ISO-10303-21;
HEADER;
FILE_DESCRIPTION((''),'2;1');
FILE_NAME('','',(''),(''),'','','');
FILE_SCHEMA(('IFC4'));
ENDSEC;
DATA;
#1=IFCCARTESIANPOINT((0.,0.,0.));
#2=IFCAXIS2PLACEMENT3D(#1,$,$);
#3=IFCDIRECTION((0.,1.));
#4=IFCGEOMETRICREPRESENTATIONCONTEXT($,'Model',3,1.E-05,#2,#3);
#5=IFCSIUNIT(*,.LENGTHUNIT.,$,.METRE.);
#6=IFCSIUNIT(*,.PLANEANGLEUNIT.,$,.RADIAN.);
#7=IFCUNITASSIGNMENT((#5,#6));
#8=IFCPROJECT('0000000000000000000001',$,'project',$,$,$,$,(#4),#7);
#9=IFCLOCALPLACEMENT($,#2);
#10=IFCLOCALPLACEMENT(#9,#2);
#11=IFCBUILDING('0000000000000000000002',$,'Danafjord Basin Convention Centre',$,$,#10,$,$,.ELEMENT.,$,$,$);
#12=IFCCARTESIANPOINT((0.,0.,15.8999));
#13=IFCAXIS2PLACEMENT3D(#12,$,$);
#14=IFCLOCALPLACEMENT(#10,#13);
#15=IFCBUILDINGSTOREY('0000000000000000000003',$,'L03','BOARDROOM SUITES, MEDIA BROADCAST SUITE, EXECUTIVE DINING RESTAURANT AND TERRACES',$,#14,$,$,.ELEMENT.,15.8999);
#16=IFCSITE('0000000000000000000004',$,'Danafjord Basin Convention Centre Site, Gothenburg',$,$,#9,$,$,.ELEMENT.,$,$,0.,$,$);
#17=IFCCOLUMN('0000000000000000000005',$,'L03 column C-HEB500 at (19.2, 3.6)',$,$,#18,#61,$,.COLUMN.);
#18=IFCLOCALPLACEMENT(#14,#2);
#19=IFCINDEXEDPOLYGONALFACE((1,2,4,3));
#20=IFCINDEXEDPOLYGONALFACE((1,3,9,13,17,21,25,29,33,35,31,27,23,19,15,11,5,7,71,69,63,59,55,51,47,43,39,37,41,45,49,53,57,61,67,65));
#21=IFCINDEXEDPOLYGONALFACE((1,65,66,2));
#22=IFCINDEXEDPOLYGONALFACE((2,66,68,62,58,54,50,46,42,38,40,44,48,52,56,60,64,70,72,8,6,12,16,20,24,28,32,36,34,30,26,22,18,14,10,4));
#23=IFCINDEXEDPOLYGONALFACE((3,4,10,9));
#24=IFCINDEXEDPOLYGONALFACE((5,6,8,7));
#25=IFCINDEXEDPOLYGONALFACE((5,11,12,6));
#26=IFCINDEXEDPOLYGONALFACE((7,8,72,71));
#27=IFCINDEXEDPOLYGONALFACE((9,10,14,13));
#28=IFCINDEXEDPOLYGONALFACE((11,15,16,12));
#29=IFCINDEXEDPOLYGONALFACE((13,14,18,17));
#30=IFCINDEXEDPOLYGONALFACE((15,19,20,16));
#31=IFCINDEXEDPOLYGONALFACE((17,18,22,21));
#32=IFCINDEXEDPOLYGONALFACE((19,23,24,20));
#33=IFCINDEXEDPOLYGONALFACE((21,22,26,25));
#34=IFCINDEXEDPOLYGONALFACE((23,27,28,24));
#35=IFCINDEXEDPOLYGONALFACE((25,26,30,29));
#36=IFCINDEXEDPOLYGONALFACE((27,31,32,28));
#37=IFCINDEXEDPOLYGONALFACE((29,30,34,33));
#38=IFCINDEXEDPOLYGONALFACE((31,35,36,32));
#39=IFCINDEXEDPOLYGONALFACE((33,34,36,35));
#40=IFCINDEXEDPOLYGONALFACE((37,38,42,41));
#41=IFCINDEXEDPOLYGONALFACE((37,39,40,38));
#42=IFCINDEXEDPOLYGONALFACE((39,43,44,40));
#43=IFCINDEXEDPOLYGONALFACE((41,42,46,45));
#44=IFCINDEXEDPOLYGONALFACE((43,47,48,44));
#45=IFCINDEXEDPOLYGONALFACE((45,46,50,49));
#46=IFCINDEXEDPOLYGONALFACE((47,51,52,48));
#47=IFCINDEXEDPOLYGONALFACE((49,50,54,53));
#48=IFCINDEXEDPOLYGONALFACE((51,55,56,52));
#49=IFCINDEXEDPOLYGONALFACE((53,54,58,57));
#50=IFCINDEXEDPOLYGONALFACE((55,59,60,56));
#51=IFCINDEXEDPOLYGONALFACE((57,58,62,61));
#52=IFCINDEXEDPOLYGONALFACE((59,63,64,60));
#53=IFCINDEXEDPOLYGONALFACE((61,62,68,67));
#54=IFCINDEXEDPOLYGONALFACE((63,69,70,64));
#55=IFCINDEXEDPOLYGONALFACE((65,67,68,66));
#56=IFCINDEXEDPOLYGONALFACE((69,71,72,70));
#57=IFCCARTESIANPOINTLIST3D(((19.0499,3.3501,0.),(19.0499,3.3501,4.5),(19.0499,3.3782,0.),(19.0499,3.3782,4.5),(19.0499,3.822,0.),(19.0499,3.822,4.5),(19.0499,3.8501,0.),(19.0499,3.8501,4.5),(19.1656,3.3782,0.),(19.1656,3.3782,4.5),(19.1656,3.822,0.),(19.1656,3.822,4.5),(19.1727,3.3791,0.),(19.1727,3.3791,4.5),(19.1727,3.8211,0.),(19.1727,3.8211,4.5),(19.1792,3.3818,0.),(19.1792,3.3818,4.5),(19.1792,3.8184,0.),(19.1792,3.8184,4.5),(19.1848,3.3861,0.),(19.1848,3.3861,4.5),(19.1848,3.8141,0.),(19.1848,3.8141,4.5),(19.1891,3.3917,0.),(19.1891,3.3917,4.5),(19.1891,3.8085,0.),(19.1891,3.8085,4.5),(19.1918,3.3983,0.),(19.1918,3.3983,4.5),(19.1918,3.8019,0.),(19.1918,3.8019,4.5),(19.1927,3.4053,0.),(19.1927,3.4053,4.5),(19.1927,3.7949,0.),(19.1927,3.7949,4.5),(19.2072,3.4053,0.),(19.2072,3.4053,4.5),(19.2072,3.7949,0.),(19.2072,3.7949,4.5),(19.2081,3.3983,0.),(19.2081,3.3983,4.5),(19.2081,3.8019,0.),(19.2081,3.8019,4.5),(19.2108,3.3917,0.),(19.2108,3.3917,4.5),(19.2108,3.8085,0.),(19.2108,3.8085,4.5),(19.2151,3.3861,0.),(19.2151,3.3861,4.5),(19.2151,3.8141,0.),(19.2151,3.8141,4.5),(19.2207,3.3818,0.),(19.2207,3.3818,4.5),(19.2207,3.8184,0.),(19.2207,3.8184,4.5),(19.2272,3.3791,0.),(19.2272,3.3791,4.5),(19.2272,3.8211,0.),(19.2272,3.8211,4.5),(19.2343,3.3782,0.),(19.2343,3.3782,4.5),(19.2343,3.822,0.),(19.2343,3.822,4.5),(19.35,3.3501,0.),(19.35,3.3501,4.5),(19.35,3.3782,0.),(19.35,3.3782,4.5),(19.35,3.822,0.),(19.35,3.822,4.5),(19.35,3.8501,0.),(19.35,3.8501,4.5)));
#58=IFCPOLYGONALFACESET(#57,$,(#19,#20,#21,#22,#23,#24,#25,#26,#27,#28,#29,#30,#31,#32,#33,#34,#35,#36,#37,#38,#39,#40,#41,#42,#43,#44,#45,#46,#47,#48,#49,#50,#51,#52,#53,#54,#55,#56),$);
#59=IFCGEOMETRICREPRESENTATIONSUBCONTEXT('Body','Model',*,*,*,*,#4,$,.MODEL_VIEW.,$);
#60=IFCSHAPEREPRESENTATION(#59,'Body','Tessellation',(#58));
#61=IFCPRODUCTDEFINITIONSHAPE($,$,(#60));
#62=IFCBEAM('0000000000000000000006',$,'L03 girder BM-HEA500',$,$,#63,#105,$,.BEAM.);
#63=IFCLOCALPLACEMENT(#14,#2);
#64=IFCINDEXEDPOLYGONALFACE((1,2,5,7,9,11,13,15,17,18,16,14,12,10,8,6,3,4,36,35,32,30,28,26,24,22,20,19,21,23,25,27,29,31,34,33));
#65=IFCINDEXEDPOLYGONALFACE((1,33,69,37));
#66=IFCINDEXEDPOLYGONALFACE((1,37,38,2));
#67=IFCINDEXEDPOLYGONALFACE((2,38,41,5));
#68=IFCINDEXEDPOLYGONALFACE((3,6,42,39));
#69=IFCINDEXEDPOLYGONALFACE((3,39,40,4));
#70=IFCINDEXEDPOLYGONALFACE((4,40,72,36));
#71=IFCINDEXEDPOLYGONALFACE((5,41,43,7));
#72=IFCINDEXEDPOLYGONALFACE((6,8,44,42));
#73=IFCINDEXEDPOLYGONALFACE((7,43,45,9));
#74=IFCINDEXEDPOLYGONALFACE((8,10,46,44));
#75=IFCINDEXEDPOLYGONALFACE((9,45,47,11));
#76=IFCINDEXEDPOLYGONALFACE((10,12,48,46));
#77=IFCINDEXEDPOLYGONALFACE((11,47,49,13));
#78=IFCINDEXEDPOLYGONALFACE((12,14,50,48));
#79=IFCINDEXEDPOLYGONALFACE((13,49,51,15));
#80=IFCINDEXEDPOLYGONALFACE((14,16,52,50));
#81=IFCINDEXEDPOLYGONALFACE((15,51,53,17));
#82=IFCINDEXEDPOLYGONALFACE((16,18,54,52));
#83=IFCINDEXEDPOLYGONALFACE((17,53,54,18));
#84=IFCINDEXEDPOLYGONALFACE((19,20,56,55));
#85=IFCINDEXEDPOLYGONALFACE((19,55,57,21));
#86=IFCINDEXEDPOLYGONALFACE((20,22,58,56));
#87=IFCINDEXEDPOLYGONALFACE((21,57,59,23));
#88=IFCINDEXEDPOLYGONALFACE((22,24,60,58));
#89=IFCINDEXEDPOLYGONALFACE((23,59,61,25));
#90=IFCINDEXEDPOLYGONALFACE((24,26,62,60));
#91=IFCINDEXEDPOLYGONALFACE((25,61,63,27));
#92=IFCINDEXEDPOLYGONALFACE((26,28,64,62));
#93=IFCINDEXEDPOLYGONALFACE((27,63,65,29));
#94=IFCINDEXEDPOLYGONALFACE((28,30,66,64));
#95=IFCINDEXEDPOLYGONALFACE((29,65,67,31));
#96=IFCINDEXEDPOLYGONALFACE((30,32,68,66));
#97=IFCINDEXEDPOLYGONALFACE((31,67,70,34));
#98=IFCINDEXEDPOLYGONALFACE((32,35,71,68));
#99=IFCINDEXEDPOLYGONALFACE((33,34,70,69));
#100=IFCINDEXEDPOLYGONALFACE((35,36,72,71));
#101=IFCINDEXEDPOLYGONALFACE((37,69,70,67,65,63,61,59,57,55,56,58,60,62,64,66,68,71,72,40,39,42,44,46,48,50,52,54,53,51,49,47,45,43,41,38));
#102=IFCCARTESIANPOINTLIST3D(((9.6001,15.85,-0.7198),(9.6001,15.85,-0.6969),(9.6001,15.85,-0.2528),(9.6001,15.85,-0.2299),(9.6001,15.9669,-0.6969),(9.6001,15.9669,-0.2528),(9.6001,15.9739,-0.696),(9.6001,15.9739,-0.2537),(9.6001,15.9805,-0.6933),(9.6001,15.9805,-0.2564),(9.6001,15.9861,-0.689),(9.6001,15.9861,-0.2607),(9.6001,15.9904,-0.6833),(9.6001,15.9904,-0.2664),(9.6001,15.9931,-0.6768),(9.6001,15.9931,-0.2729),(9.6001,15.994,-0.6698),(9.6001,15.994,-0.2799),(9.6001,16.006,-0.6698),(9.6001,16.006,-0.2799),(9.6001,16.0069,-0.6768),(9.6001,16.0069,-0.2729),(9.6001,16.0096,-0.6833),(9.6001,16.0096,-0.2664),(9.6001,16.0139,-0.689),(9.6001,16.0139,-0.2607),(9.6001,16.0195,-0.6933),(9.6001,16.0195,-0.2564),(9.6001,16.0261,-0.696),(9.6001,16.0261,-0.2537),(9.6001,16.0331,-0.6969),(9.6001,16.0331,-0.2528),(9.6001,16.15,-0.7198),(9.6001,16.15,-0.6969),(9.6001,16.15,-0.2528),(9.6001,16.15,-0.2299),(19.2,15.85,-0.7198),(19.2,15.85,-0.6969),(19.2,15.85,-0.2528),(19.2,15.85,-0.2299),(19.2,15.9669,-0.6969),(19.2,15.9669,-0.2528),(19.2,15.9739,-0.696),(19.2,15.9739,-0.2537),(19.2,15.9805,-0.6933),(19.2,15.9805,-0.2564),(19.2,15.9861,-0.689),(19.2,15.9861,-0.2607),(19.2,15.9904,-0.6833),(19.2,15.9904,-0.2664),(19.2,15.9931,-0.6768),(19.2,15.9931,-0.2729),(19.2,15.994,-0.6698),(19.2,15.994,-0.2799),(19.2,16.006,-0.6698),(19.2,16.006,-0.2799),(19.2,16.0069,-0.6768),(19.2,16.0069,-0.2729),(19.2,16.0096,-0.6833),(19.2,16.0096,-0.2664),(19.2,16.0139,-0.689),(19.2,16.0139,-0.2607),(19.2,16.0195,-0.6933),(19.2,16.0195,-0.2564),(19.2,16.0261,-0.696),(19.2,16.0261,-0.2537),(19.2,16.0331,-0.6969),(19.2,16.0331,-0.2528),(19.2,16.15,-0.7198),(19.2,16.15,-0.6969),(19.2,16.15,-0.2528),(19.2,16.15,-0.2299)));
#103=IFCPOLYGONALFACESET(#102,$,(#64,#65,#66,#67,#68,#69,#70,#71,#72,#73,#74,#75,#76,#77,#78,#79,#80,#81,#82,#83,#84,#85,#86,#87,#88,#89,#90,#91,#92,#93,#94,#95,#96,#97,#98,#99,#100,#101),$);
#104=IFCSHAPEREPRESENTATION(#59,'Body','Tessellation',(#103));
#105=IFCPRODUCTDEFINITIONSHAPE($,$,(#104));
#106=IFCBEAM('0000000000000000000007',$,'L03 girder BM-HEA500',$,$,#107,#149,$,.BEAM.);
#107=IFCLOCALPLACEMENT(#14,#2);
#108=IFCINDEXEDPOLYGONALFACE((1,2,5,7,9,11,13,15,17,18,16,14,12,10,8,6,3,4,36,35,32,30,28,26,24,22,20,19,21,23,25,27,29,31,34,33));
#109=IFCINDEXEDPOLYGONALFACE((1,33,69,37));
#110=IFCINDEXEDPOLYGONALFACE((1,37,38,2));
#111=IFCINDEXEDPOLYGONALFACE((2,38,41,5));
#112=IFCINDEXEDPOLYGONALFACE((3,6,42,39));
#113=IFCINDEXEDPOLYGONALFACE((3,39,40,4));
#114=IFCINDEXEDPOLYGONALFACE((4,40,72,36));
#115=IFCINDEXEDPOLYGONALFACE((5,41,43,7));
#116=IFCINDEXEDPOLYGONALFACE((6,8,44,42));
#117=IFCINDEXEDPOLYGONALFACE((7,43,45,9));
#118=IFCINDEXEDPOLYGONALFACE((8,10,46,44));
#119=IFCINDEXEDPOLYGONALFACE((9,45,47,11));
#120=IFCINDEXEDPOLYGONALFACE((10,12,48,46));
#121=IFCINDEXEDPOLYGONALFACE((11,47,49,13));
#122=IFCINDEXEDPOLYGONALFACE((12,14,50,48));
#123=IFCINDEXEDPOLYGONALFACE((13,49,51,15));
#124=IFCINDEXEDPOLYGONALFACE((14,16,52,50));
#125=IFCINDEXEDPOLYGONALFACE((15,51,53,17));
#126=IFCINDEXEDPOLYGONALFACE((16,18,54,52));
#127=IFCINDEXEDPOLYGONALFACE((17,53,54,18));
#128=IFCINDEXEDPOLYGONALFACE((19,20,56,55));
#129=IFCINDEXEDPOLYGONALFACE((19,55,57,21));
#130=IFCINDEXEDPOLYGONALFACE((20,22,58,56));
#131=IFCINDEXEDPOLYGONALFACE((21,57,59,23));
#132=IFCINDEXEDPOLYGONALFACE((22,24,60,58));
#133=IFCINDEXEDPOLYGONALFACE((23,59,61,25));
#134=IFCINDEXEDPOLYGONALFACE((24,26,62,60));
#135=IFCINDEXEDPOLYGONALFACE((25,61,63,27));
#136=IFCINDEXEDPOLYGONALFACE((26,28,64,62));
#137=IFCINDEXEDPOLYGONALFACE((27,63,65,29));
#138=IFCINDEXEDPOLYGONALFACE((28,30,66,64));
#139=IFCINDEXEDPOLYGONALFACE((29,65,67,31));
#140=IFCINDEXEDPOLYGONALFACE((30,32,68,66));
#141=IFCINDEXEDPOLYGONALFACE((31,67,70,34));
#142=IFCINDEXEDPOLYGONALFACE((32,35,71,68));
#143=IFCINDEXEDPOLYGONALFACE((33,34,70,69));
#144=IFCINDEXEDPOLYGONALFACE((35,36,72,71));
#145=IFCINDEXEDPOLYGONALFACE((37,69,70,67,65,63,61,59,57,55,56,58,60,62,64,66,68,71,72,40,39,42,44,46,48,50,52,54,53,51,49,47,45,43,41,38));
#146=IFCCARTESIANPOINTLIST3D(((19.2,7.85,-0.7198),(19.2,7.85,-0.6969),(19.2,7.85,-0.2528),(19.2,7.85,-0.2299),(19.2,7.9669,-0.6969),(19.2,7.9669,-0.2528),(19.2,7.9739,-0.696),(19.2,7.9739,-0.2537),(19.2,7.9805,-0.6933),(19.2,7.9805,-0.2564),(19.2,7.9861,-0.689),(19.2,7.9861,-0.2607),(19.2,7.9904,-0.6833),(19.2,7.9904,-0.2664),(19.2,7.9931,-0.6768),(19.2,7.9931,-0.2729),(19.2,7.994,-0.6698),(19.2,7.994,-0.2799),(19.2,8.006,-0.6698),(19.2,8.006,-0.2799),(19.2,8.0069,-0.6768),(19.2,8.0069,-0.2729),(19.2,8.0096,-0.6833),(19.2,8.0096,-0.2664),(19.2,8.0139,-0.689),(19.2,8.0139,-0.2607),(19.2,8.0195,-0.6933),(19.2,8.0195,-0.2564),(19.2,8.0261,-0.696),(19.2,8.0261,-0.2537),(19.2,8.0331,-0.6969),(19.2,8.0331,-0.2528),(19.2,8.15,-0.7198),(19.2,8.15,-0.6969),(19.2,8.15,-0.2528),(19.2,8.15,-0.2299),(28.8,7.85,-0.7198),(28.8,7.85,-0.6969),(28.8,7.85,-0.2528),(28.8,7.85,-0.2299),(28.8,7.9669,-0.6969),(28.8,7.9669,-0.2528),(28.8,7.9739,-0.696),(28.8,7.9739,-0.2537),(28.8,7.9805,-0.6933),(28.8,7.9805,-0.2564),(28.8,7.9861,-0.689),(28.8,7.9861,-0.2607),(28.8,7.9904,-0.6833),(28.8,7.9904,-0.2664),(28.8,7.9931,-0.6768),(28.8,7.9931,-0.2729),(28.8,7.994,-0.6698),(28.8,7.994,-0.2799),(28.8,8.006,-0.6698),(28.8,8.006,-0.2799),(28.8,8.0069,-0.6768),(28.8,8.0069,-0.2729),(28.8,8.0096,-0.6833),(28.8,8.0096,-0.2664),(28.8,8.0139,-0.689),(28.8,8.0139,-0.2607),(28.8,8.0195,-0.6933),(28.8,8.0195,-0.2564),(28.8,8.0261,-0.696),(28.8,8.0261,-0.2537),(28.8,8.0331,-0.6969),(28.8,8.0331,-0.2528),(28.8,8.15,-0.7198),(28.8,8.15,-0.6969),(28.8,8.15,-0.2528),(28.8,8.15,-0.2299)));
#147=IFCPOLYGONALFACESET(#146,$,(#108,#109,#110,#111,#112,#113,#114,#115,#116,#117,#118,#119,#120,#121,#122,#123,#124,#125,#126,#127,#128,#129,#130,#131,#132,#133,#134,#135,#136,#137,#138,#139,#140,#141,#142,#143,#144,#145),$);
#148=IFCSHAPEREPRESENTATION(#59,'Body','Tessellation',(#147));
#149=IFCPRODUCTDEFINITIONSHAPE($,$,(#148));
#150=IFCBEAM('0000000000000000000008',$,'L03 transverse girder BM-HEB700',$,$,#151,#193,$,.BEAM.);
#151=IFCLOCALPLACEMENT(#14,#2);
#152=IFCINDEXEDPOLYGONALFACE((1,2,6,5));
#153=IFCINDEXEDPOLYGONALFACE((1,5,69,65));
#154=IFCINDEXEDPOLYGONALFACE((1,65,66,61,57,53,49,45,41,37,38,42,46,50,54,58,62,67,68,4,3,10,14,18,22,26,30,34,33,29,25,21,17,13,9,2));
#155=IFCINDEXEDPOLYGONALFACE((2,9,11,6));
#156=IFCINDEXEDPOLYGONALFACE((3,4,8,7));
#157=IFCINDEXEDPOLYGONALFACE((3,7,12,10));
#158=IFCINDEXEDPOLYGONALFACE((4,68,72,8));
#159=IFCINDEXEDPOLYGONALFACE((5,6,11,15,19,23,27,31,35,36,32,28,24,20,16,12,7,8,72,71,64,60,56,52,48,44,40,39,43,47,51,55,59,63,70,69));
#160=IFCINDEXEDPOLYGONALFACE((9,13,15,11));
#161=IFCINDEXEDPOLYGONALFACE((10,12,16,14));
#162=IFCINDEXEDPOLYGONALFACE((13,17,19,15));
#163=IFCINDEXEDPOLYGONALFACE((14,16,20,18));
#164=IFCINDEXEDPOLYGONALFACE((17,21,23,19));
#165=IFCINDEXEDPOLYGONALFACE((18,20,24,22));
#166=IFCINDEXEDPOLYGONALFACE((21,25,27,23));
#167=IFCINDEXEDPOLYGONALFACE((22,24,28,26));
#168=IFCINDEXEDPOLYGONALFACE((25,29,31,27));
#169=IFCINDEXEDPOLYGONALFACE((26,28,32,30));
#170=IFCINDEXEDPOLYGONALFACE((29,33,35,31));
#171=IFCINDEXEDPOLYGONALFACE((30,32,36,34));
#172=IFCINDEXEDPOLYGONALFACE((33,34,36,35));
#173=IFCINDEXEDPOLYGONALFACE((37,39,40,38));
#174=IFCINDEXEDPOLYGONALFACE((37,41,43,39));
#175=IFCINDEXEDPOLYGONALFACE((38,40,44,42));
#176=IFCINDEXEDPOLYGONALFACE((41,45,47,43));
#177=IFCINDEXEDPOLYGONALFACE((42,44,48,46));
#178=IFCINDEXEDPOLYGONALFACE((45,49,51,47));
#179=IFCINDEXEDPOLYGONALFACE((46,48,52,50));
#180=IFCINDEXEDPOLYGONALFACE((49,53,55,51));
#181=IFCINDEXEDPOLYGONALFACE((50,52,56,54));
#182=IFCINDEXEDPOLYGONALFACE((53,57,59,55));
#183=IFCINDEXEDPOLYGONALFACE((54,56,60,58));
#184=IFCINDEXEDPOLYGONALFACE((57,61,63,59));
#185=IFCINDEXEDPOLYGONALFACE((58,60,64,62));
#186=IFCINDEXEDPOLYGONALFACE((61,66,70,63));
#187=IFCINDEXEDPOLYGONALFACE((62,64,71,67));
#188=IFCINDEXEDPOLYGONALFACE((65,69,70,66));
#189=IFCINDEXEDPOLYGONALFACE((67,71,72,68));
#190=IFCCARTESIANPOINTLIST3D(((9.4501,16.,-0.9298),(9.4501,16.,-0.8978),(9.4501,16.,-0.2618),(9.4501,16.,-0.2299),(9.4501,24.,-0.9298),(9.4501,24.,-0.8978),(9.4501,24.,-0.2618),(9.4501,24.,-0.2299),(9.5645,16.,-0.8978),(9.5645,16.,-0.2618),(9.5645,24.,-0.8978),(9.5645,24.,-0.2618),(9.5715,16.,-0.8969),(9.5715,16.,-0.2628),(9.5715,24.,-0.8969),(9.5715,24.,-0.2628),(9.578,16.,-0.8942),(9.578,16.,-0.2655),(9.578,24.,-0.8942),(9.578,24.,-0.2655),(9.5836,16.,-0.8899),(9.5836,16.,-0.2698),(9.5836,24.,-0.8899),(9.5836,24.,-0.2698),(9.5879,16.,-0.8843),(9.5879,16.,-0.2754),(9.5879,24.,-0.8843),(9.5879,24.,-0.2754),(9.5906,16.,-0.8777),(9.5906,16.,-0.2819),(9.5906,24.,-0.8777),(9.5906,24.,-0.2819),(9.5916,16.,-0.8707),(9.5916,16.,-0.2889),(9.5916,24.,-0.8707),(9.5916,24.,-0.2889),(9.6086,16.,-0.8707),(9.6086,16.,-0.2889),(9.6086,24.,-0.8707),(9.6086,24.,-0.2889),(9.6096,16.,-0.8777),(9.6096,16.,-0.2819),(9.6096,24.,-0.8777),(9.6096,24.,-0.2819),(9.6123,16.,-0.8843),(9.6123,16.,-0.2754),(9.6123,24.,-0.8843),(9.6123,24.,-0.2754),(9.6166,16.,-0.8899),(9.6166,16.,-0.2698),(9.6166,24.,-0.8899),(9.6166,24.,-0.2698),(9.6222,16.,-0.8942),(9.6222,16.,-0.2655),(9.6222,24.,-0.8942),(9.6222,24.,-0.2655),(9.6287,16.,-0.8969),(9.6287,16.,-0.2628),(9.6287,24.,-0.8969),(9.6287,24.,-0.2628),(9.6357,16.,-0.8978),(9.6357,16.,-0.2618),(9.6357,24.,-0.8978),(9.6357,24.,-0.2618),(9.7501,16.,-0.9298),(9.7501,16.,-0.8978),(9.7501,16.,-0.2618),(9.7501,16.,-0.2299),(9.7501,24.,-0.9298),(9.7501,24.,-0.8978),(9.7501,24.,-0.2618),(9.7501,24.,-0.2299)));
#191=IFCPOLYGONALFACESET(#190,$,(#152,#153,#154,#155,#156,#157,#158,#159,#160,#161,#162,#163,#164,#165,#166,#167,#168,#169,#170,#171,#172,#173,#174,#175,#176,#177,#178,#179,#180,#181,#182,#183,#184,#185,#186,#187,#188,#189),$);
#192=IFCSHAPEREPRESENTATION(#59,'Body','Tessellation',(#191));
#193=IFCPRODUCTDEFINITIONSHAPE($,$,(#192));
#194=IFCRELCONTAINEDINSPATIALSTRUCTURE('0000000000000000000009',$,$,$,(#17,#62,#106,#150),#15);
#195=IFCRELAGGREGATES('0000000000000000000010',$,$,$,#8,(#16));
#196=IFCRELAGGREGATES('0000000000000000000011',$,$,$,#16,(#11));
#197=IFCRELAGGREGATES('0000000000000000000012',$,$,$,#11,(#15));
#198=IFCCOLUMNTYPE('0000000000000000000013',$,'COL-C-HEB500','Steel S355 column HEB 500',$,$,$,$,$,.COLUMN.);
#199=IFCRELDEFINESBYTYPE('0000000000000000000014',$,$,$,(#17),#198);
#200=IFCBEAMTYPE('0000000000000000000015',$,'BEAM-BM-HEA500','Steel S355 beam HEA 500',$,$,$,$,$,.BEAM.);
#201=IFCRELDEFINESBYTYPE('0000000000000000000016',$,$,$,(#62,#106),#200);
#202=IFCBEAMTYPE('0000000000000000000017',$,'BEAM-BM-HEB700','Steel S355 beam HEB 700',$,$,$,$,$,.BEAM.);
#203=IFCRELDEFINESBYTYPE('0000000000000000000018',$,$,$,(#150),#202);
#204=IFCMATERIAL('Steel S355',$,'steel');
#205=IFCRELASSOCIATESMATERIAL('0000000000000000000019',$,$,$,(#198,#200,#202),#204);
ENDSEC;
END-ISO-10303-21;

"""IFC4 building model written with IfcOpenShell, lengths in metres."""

from ifc_helpers import new_model, si_unit, direction, frame, origin, origin_2d, place, context, subcontext, project, spatial, i_section, extrude, material, material_profile, profile_set, type_object, element, save


model = new_model("IFC4")

# Units and contexts
model_context = context("Model", 3, precision=1e-05, world=origin(), true_north=direction((0.0, 1.0)))
body_context = subcontext(model_context, "Body", "Model", "MODEL_VIEW")
ifc_project = project(units=[si_unit("LENGTHUNIT", "METRE"), si_unit("PLANEANGLEUNIT", "RADIAN")], contexts=[model_context])

# Site, building, storey
site_placement = place(None, origin())
site = spatial("IfcSite", under=ifc_project, at=site_placement, Name="Danafjord Basin Convention Centre Site, Gothenburg", CompositionType="ELEMENT", RefElevation=0.0)
building_placement = place(site_placement, origin())
building = spatial("IfcBuilding", under=site, at=building_placement, Name="Danafjord Basin Convention Centre", CompositionType="ELEMENT")
storey_placement = place(building_placement, frame((0.0, 0.0, 15.8999)))
storey = spatial("IfcBuildingStorey", under=building, at=storey_placement, Name="L03", Description="BOARDROOM SUITES, MEDIA BROADCAST SUITE, EXECUTIVE DINING RESTAURANT AND TERRACES", CompositionType="ELEMENT", Elevation=15.8999)

# Column
ifc_material_1 = material(Name="Steel S355", Category="steel")
ifc_material_profile_1 = material_profile(ifc_material_1, i_section(OverallWidth=0.3, OverallDepth=0.5, WebThickness=0.0144, FlangeThickness=0.0281, FilletRadius=0.0271, at=origin_2d()), Name="HEB 500")
ifc_profile_set_1 = profile_set([ifc_material_profile_1], Name="Steel S355")
column_type_1 = type_object("IfcColumnType", Name="COL-C-HEB500", Description="Steel S355 column HEB 500", PredefinedType="COLUMN", material=ifc_profile_set_1)
column_1_placement = place(storey_placement, frame((19.2, 3.6001, 0.0), z_axis=(0.0, 0.0, 1.0), x_axis=(1.0, 0.0, 0.0)))
element("IfcColumn", 1, at=column_1_placement, inside=storey, type_object=column_type_1, Name="L03 column C-HEB500 at (19.2, 3.6)", PredefinedType="COLUMN", context=body_context, shape_type="SweptSolid", body=[
    extrude(i_section(OverallWidth=0.3, OverallDepth=0.5, WebThickness=0.0144, FlangeThickness=0.0281, FilletRadius=0.0271, at=origin_2d()), origin(), (0.0, 0.0, 1.0), 4.5),
])

# Beams
ifc_material_profile_2 = material_profile(ifc_material_1, i_section(OverallWidth=0.3, OverallDepth=0.49, WebThickness=0.012, FlangeThickness=0.0229, FilletRadius=0.0271, at=origin_2d()), Name="HEA 500")
ifc_profile_set_2 = profile_set([ifc_material_profile_2], Name="Steel S355")
beam_type_1 = type_object("IfcBeamType", Name="BEAM-BM-HEA500", Description="Steel S355 beam HEA 500", PredefinedType="BEAM", material=ifc_profile_set_2)
beam_1_placement = place(storey_placement, frame((9.6001, 16.0, -0.4749), z_axis=(1.0, 0.0, 0.0), x_axis=(0.0, 1.0, 0.0)))
element("IfcBeam", 2, at=beam_1_placement, inside=storey, type_object=beam_type_1, Name="L03 girder BM-HEA500", PredefinedType="BEAM", context=body_context, shape_type="SweptSolid", body=[
    extrude(i_section(OverallWidth=0.3, OverallDepth=0.49, WebThickness=0.012, FlangeThickness=0.0229, FilletRadius=0.0271, at=origin_2d()), origin(), (0.0, 0.0, 1.0), 9.5999),
])
beam_2_placement = place(storey_placement, frame((19.2, 8.0, -0.4749), z_axis=(1.0, 0.0, 0.0), x_axis=(0.0, 1.0, 0.0)))
element("IfcBeam", 3, at=beam_2_placement, inside=storey, type_object=beam_type_1, Name="L03 girder BM-HEA500", PredefinedType="BEAM", context=body_context, shape_type="SweptSolid", body=[
    extrude(i_section(OverallWidth=0.3, OverallDepth=0.49, WebThickness=0.012, FlangeThickness=0.0229, FilletRadius=0.0271, at=origin_2d()), origin(), (0.0, 0.0, 1.0), 9.6001),
])
ifc_material_profile_3 = material_profile(ifc_material_1, i_section(OverallWidth=0.3, OverallDepth=0.7, WebThickness=0.0171, FlangeThickness=0.032, FilletRadius=0.0271, at=origin_2d()), Name="HEB 700")
ifc_profile_set_3 = profile_set([ifc_material_profile_3], Name="Steel S355")
beam_type_2 = type_object("IfcBeamType", Name="BEAM-BM-HEB700", Description="Steel S355 beam HEB 700", PredefinedType="BEAM", material=ifc_profile_set_3)
beam_3_placement = place(storey_placement, frame((9.6001, 16.0, -0.5798), z_axis=(0.0, 1.0, 0.0), x_axis=(-1.0, 0.0, 0.0)))
element("IfcBeam", 4, at=beam_3_placement, inside=storey, type_object=beam_type_2, Name="L03 transverse girder BM-HEB700", PredefinedType="BEAM", context=body_context, shape_type="SweptSolid", body=[
    extrude(i_section(OverallWidth=0.3, OverallDepth=0.7, WebThickness=0.0171, FlangeThickness=0.032, FilletRadius=0.0271, at=origin_2d()), origin(), (0.0, 0.0, 1.0), 8.0),
])

save(model, "model.ifc")
